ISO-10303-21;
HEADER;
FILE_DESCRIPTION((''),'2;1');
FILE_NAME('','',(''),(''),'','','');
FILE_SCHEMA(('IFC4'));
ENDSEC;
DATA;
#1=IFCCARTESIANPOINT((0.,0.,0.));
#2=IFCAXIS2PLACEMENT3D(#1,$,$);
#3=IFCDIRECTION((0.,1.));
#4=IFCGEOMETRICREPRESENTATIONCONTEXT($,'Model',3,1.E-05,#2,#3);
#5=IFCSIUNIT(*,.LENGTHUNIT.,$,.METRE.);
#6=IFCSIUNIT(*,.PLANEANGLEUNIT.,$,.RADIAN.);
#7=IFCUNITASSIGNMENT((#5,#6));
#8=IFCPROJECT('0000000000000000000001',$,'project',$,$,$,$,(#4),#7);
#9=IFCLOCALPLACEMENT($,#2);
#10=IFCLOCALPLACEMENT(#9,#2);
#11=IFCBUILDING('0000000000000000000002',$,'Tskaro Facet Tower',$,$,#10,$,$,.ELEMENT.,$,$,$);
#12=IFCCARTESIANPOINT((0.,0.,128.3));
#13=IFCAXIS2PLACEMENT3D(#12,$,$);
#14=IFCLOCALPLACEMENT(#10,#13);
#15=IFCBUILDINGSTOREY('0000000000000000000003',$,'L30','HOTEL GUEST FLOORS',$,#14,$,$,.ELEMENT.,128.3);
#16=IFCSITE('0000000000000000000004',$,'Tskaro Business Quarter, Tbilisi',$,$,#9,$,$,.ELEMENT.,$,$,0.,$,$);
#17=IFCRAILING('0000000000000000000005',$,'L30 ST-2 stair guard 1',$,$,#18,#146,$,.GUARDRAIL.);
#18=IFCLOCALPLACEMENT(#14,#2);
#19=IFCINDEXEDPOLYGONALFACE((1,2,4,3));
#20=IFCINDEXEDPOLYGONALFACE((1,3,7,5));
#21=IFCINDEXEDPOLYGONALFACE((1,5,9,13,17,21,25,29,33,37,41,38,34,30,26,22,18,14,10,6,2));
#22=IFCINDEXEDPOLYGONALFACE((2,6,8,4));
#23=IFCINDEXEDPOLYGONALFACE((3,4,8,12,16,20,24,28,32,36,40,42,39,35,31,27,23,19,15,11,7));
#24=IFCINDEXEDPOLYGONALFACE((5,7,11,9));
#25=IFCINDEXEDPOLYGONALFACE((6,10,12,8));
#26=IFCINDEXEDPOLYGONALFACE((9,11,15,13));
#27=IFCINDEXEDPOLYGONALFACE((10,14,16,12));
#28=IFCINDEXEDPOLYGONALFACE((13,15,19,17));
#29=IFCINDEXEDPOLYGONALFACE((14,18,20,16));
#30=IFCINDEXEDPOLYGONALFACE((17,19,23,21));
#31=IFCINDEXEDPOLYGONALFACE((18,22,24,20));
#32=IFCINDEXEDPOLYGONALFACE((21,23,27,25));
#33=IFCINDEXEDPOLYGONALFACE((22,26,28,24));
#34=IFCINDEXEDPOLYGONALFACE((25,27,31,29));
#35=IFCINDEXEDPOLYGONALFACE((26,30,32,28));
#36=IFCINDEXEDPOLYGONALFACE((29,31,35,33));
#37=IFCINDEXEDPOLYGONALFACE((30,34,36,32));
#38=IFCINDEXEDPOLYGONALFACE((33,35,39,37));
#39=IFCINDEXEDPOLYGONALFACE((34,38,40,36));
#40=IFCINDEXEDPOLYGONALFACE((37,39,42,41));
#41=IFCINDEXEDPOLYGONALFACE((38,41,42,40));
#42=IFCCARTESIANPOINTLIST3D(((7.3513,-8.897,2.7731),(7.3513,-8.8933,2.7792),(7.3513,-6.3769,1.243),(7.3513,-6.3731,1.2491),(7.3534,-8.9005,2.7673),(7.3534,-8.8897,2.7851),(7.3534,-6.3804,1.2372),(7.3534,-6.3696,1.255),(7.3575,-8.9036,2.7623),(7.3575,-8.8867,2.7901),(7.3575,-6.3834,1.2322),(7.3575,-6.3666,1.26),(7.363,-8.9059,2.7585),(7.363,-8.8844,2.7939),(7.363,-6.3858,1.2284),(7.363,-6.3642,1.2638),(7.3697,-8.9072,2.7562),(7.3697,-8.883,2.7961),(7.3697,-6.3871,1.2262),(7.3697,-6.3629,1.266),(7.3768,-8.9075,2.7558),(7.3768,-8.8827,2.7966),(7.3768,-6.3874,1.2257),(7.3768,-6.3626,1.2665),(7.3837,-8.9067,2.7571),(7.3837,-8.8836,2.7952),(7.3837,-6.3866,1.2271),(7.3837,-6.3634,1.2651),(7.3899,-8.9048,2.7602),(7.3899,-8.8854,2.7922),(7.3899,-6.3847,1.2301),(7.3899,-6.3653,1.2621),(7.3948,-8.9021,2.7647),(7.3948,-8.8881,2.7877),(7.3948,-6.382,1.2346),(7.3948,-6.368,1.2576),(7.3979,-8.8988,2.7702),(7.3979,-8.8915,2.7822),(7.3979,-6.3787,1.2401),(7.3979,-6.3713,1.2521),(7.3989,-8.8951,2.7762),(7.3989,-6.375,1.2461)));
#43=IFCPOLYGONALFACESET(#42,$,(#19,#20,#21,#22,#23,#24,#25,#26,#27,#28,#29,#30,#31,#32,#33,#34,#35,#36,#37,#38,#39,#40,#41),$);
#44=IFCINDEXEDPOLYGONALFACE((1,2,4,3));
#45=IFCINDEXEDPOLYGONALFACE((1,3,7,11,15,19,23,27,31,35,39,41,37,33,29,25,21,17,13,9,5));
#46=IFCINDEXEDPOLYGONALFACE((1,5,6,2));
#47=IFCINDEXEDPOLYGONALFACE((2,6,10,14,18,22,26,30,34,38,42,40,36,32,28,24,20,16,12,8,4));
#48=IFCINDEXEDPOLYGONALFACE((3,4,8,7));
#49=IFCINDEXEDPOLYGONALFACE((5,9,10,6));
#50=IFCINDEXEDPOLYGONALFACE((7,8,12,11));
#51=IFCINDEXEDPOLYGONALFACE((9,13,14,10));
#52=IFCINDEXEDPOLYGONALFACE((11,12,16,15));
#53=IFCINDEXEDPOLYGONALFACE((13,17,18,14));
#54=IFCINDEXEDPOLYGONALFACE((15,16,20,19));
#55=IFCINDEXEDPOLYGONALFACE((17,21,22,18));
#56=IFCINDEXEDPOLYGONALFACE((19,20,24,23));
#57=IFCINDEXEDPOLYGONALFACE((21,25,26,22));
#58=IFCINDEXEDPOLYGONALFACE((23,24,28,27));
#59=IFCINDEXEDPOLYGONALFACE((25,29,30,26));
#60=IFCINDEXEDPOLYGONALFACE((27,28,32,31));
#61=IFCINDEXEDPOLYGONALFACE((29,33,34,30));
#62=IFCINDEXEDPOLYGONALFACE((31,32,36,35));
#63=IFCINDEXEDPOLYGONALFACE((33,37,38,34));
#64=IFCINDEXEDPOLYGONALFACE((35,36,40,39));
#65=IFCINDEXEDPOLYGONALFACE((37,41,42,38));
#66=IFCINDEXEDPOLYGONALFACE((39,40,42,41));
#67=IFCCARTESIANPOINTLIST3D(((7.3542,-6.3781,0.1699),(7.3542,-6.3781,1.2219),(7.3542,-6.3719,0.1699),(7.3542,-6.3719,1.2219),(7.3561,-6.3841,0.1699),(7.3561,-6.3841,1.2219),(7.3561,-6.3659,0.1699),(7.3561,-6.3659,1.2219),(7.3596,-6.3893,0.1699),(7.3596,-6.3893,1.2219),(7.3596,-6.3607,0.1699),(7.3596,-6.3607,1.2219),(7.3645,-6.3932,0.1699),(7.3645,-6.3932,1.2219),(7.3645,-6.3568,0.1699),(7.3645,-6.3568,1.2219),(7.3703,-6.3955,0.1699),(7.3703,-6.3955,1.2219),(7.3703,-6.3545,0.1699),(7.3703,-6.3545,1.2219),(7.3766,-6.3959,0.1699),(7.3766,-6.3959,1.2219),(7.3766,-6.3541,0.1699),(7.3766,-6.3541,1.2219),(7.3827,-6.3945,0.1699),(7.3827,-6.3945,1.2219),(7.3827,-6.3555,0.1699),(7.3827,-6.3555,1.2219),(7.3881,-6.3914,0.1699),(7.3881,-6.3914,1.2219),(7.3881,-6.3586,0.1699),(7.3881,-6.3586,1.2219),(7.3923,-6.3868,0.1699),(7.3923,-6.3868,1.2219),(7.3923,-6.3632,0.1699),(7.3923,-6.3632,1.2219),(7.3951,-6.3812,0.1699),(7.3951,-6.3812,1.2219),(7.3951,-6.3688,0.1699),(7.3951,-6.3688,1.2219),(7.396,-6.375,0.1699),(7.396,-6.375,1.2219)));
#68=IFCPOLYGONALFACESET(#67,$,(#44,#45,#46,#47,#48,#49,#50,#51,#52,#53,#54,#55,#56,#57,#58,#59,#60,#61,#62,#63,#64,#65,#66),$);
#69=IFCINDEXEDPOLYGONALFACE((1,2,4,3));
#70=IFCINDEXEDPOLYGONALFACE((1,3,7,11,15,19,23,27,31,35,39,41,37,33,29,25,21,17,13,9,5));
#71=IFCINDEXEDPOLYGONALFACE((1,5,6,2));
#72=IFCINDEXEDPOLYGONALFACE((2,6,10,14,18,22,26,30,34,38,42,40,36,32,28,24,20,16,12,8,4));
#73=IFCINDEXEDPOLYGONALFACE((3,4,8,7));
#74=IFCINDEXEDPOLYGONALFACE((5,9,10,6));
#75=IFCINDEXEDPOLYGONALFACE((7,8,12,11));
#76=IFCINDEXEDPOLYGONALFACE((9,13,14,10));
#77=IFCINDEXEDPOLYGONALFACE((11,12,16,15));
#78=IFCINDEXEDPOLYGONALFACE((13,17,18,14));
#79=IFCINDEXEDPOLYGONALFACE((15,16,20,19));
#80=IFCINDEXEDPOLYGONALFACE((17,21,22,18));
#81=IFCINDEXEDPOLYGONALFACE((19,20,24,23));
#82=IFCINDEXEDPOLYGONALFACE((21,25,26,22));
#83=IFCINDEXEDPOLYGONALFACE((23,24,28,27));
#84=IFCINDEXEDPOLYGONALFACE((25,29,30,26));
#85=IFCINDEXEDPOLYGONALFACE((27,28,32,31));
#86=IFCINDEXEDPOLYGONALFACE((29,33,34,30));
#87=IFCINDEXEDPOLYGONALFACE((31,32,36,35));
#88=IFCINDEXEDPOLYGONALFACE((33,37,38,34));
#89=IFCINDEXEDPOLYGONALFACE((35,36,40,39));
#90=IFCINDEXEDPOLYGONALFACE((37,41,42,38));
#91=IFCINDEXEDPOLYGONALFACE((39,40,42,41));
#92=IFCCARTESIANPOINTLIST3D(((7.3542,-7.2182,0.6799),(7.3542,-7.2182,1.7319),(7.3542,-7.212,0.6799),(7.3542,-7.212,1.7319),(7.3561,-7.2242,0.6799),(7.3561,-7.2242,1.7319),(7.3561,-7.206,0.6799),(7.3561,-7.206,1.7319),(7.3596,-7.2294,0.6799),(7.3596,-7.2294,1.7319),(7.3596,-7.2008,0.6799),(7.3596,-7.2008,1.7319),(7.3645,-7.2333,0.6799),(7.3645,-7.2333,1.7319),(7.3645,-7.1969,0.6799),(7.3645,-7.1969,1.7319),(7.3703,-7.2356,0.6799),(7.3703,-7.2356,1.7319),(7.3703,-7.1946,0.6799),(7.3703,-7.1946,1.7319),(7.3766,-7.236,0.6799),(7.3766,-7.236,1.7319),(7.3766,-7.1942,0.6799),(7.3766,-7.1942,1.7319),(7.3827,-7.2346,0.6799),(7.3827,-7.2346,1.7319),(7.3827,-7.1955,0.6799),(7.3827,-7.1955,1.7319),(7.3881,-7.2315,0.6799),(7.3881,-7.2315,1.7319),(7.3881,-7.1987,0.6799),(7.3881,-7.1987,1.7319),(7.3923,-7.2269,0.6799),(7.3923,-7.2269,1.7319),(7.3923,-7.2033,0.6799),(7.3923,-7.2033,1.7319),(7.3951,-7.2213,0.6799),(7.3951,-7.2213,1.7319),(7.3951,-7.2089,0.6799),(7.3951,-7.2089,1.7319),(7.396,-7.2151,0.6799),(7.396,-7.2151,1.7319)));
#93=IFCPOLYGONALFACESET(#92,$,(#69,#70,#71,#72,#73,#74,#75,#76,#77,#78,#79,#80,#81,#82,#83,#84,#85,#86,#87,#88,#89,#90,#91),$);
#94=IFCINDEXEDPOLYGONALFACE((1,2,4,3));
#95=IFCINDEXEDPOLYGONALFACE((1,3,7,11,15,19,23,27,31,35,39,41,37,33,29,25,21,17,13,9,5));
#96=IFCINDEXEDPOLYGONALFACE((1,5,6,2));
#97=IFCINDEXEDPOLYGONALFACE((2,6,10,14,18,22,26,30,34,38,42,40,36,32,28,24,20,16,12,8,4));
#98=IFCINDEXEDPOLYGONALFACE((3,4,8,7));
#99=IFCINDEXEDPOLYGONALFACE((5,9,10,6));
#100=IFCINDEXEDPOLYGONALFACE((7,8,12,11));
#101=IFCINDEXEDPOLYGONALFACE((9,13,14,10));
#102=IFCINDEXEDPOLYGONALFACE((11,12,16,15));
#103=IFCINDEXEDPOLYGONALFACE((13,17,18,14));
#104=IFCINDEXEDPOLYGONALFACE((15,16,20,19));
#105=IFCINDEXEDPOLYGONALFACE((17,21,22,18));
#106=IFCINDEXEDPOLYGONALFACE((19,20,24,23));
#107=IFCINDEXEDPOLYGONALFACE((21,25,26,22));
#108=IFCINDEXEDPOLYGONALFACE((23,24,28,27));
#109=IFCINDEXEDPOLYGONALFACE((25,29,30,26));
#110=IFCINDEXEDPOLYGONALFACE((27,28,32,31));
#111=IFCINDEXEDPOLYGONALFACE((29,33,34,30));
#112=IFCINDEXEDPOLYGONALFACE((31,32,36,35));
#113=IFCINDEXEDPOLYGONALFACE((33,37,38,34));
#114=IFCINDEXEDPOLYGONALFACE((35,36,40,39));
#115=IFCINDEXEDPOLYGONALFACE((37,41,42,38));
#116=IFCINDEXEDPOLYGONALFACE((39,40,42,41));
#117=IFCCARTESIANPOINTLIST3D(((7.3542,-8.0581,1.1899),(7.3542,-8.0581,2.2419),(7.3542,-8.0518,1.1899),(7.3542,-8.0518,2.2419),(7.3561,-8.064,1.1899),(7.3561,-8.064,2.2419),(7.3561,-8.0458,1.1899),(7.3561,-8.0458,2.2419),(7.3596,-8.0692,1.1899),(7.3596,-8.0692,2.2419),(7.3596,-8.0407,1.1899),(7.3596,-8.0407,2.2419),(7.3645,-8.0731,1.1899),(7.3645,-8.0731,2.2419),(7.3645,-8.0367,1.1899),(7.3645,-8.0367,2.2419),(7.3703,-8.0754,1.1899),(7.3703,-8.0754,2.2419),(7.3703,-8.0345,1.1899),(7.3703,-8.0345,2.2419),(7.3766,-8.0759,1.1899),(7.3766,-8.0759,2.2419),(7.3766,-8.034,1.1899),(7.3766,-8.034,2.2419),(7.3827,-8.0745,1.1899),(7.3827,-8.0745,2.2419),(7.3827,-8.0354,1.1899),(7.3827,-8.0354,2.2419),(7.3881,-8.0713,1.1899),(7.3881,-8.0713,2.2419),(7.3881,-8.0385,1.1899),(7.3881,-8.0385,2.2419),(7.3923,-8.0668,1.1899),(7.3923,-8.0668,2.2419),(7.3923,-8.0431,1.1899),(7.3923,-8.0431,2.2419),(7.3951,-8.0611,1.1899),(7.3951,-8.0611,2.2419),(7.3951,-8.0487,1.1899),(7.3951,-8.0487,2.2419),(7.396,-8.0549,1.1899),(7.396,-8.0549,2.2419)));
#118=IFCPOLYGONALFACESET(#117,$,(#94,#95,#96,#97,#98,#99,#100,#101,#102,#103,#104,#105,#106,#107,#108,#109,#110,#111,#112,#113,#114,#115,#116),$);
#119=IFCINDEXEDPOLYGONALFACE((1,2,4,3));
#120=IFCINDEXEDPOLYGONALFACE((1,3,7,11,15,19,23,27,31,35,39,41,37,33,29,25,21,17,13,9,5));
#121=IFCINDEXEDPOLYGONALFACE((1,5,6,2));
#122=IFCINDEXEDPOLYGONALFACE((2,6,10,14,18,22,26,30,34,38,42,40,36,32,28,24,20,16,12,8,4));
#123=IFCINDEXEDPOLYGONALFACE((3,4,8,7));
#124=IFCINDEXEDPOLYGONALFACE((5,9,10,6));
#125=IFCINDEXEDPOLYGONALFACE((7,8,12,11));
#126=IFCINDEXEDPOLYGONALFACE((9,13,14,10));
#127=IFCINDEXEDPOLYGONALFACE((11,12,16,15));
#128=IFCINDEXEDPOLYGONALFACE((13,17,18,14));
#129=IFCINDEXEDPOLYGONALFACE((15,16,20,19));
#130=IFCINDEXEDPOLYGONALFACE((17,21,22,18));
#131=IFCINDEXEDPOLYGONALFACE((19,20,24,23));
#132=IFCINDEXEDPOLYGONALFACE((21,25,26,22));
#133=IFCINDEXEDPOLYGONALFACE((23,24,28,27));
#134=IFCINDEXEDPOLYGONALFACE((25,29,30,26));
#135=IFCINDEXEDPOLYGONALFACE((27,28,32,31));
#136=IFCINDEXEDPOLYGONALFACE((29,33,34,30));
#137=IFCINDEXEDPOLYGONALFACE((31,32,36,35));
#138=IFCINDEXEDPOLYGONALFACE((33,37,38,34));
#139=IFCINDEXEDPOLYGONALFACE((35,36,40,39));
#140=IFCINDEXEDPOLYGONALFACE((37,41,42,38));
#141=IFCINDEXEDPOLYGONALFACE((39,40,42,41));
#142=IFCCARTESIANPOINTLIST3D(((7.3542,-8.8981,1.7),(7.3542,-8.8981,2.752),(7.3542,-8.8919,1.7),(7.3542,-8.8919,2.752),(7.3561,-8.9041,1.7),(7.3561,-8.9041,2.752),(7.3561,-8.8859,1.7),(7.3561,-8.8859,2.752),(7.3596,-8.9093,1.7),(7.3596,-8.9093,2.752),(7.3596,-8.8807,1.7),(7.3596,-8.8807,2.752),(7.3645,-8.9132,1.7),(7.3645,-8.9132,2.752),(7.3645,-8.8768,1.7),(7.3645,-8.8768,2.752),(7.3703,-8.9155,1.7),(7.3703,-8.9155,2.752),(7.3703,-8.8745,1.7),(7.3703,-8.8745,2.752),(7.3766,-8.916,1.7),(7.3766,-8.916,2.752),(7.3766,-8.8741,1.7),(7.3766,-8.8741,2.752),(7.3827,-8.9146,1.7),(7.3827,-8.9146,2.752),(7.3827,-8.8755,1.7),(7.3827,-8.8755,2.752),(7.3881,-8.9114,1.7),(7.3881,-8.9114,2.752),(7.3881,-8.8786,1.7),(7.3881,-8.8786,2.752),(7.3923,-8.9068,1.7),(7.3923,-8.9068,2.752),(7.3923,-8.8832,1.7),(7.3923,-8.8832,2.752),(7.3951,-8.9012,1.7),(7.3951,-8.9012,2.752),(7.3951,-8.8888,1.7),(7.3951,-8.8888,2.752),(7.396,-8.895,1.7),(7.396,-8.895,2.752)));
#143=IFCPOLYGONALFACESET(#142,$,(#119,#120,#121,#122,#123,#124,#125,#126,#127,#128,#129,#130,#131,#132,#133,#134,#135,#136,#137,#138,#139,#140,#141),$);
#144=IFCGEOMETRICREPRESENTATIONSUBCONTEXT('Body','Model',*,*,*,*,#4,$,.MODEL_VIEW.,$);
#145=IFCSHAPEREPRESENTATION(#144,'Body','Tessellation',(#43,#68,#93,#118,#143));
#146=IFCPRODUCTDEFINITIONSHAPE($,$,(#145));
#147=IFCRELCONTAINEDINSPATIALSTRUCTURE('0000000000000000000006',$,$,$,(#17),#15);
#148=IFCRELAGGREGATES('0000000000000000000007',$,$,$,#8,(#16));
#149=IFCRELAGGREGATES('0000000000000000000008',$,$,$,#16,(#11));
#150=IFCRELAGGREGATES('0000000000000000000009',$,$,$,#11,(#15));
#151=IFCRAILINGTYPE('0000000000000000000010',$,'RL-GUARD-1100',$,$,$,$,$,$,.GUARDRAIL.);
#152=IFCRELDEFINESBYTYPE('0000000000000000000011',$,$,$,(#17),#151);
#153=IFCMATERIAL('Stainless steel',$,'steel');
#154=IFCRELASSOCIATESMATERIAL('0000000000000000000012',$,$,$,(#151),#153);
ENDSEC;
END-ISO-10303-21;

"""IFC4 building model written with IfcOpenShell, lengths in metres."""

from ifc_helpers import new_model, si_unit, direction, frame, origin, origin_2d, place, context, subcontext, project, spatial, circle, extrude, material, type_object, element, save


model = new_model("IFC4")

# Units and contexts
model_context = context("Model", 3, precision=1e-05, world=origin(), true_north=direction((0.0, 1.0)))
body_context = subcontext(model_context, "Body", "Model", "MODEL_VIEW")
ifc_project = project(units=[si_unit("LENGTHUNIT", "METRE"), si_unit("PLANEANGLEUNIT", "RADIAN")], contexts=[model_context])

# Site, building, storey
site_placement = place(None, origin())
site = spatial("IfcSite", under=ifc_project, at=site_placement, Name="Tskaro Business Quarter, Tbilisi", CompositionType="ELEMENT", RefElevation=0.0)
building_placement = place(site_placement, origin())
building = spatial("IfcBuilding", under=site, at=building_placement, Name="Tskaro Facet Tower", CompositionType="ELEMENT")
storey_placement = place(building_placement, frame((0.0, 0.0, 128.3)))
storey = spatial("IfcBuildingStorey", under=building, at=storey_placement, Name="L30", Description="HOTEL GUEST FLOORS", CompositionType="ELEMENT", Elevation=128.3)

# Railing
ifc_material_1 = material(Name="Stainless steel", Category="steel")
railing_type_1 = type_object("IfcRailingType", Name="RL-GUARD-1100", PredefinedType="GUARDRAIL", material=ifc_material_1)
railing_1_placement = place(storey_placement, frame((7.375, -6.375, 0.1699)))
element("IfcRailing", 1, at=railing_1_placement, inside=storey, type_object=railing_type_1, Name="L30 ST-2 stair guard 1", PredefinedType="GUARDRAIL", context=body_context, shape_type="SweptSolid", body=[
    extrude(circle(Radius=0.0239, at=origin_2d()), frame((0.0, 0.0, 1.0762), z_axis=(0.0, -0.854785, 0.518982), x_axis=(1.0, 0.0, 0.0)), (0.0, 0.0, 1.0), 2.9482),
    extrude(circle(Radius=0.021, at=origin_2d()), origin(), (0.0, 0.0, 1.0), 1.052),
    extrude(circle(Radius=0.021, at=origin_2d()), frame((0.0, -0.8401, 0.51)), (0.0, 0.0, 1.0), 1.052),
    extrude(circle(Radius=0.021, at=origin_2d()), frame((0.0, -1.6799, 1.02)), (0.0, 0.0, 1.0), 1.052),
    extrude(circle(Radius=0.021, at=origin_2d()), frame((0.0, -2.52, 1.53)), (0.0, 0.0, 1.0), 1.052),
])

save(model, "model.ifc")
